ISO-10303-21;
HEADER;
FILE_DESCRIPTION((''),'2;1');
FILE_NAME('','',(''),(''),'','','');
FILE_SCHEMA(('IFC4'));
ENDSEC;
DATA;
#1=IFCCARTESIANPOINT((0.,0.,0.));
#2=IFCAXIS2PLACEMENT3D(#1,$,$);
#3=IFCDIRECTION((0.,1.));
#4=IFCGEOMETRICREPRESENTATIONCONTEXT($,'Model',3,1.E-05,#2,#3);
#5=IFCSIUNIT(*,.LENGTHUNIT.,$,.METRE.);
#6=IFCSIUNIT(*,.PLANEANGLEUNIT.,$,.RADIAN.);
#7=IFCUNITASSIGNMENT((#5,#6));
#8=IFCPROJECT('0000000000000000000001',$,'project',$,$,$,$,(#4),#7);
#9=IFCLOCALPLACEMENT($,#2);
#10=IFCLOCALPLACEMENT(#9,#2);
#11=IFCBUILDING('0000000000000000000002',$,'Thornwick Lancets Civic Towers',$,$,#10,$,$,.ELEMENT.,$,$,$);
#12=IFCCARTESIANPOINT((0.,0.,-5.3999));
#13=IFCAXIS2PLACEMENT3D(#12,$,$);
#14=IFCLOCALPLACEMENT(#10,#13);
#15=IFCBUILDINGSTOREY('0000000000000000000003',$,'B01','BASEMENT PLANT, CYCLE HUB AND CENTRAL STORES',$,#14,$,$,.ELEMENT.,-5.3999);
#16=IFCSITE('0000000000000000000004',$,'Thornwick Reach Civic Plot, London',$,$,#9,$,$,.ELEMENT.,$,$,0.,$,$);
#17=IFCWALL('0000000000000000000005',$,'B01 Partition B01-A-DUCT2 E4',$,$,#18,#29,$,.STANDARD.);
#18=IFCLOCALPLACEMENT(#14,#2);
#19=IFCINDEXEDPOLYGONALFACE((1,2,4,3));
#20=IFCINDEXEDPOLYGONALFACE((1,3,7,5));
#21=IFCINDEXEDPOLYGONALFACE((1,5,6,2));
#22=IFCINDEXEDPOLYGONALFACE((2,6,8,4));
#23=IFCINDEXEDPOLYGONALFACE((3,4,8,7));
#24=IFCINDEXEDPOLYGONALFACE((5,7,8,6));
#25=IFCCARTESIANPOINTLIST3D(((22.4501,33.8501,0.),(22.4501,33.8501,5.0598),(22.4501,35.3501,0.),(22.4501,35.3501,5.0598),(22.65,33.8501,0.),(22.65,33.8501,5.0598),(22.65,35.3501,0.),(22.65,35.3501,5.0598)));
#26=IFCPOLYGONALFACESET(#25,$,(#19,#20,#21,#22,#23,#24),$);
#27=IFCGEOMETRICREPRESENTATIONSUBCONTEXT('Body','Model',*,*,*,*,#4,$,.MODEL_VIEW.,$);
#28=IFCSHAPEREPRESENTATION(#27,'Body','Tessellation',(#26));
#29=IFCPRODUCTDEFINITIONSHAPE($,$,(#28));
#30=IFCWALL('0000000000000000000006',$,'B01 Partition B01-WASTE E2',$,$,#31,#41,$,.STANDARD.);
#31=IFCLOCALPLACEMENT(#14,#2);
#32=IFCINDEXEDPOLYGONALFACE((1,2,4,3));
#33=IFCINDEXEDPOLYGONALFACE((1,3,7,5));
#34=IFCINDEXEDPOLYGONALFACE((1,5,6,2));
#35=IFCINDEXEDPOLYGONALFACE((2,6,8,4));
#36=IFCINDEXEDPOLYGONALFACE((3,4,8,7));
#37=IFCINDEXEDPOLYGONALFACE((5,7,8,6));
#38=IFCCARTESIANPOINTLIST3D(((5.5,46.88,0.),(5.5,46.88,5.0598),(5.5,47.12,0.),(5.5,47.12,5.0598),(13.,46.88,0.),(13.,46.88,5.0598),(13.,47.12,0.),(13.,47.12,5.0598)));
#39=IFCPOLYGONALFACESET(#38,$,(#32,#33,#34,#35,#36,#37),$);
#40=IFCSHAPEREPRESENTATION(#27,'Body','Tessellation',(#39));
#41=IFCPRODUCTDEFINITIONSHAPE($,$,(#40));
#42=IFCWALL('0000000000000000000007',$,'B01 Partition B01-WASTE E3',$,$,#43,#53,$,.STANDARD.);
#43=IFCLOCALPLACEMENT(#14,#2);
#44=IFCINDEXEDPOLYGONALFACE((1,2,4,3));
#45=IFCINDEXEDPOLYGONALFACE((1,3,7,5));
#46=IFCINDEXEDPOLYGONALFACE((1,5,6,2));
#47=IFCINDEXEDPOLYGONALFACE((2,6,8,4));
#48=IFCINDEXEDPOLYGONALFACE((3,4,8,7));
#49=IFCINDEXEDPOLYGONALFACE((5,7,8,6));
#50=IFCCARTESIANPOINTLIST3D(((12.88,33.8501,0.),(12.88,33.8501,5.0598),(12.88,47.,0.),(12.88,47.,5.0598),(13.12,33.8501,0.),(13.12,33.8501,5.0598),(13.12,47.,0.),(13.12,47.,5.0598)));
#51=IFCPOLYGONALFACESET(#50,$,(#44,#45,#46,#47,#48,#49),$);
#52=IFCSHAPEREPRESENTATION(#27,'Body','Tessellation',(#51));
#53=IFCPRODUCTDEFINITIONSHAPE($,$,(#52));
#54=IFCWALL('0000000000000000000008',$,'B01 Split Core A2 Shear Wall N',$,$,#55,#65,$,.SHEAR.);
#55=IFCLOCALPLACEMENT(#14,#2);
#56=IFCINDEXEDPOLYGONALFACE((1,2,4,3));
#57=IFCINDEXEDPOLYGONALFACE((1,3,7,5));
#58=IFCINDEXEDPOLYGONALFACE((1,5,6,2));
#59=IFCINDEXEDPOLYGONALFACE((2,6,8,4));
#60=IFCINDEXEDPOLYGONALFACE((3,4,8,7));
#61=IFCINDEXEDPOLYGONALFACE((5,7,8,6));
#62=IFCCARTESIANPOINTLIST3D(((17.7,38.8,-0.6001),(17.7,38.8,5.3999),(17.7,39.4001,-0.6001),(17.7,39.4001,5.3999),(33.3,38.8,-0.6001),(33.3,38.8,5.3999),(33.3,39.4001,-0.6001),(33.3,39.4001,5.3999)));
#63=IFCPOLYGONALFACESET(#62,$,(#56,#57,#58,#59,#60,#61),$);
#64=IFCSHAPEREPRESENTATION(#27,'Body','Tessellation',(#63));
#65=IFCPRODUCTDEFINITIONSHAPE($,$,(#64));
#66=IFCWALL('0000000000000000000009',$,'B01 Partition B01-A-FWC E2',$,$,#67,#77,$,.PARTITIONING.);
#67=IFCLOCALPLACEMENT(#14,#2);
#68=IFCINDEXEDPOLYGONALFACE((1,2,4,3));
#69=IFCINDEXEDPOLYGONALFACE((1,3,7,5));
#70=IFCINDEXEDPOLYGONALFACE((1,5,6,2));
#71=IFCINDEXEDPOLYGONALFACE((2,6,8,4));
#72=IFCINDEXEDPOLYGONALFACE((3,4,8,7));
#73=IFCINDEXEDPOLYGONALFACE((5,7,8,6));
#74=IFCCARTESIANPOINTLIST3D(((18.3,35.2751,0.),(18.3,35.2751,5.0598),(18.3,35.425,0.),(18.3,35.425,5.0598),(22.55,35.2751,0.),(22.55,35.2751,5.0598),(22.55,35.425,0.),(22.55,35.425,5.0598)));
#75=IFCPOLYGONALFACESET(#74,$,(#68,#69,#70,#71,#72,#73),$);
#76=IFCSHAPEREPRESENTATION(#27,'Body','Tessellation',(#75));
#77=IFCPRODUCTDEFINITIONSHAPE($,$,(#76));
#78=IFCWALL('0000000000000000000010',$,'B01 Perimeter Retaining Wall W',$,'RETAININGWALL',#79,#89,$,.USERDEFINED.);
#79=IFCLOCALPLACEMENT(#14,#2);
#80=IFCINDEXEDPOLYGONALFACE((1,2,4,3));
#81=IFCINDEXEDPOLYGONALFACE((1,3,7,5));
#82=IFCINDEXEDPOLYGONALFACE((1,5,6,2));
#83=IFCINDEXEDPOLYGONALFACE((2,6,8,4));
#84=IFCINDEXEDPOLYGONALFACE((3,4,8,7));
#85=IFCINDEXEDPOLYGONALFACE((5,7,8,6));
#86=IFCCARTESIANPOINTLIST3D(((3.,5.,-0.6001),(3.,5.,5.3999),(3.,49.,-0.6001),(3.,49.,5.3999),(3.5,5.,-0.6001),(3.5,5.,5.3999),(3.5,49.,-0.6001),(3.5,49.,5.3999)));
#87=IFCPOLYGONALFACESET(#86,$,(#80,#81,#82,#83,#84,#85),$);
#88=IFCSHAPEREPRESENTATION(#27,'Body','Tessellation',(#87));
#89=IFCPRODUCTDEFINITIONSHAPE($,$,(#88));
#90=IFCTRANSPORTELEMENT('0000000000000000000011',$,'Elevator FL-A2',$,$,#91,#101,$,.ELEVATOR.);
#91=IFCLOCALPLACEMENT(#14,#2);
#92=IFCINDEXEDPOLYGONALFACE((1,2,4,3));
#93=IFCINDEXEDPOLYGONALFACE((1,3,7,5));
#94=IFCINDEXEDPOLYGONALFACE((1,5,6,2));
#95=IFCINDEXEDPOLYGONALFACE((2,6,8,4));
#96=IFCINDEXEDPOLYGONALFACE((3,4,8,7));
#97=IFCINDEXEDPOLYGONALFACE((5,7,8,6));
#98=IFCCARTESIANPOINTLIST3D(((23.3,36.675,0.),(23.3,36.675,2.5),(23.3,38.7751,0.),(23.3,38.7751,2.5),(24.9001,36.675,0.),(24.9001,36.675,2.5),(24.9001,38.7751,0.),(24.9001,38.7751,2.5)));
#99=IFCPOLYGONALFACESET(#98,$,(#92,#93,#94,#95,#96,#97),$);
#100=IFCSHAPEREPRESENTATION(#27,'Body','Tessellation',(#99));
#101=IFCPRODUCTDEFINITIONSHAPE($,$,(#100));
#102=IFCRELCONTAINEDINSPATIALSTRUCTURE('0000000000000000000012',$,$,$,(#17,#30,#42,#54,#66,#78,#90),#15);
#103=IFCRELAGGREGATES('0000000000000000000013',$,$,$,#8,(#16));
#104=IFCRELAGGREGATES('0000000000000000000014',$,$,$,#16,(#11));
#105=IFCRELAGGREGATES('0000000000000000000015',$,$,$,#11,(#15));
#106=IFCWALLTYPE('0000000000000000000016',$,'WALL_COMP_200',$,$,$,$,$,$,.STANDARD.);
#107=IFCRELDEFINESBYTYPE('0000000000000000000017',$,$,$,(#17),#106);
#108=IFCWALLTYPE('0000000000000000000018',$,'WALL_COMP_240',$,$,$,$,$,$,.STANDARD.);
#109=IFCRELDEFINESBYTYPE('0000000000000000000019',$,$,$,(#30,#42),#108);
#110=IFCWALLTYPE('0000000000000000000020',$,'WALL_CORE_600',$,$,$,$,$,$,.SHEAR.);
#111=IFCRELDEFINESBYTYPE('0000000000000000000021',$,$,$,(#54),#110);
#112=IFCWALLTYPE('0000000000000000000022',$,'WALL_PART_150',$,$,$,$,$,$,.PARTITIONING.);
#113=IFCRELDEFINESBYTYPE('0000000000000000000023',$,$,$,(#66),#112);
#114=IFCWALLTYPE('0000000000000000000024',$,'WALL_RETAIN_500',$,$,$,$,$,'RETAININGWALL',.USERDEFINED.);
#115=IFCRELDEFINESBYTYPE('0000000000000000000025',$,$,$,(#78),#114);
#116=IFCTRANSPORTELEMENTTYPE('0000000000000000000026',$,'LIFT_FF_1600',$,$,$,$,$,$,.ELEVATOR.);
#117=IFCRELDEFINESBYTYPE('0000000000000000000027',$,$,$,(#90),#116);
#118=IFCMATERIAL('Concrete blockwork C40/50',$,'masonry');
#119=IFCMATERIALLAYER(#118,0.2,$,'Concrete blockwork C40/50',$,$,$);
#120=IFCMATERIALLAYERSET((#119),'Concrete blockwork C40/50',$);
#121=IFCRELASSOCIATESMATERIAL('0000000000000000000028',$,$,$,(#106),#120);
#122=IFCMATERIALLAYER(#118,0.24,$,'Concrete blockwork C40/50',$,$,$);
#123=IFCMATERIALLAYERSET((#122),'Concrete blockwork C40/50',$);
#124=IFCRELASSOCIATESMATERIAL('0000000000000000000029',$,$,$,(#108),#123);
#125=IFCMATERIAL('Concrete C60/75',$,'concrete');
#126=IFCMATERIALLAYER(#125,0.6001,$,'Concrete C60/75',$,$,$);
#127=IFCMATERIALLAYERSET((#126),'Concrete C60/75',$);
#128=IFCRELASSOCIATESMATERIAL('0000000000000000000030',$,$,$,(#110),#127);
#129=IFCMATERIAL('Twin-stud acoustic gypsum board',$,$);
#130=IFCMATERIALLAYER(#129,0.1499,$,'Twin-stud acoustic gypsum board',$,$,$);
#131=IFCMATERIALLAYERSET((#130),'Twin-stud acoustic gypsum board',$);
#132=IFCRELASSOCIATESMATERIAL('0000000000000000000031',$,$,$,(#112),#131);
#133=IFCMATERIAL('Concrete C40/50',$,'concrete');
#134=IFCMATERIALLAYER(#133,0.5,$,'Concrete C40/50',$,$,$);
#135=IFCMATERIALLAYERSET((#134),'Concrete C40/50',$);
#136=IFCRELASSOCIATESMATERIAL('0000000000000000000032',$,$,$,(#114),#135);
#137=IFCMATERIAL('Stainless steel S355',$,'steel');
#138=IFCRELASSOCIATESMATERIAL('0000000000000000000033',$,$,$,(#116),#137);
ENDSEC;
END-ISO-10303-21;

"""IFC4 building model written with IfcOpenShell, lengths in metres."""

from ifc_helpers import new_model, si_unit, direction, frame, frame_2d, origin, origin_2d, place, context, subcontext, project, spatial, rectangle, extrude, material, layer, layer_set, type_object, element, save


model = new_model("IFC4")

# Units and contexts
model_context = context("Model", 3, precision=1e-05, world=origin(), true_north=direction((0.0, 1.0)))
body_context = subcontext(model_context, "Body", "Model", "MODEL_VIEW")
ifc_project = project(units=[si_unit("LENGTHUNIT", "METRE"), si_unit("PLANEANGLEUNIT", "RADIAN")], contexts=[model_context])

# Site, building, storey
site_placement = place(None, origin())
site = spatial("IfcSite", under=ifc_project, at=site_placement, Name="Thornwick Reach Civic Plot, London", CompositionType="ELEMENT", RefElevation=0.0)
building_placement = place(site_placement, origin())
building = spatial("IfcBuilding", under=site, at=building_placement, Name="Thornwick Lancets Civic Towers", CompositionType="ELEMENT")
storey_placement = place(building_placement, frame((0.0, 0.0, -5.3999)))
storey = spatial("IfcBuildingStorey", under=building, at=storey_placement, Name="B01", Description="BASEMENT PLANT, CYCLE HUB AND CENTRAL STORES", CompositionType="ELEMENT", Elevation=-5.3999)

# Shared definitions
ifc_material_1 = material(Name="Concrete C40/50", Category="concrete")

# Shared definitions
ifc_material_2 = material(Name="Concrete C60/75", Category="concrete")

# Shared definitions
ifc_material_3 = material(Name="Concrete blockwork C40/50", Category="masonry")
ifc_layer_1 = layer(ifc_material_3, 0.2, Name="Concrete blockwork C40/50")
ifc_layer_set_1 = layer_set([ifc_layer_1], Name="Concrete blockwork C40/50")
wall_type_1 = type_object("IfcWallType", Name="WALL_COMP_200", PredefinedType="STANDARD", material=ifc_layer_set_1)

# Walls
wall_1_placement = place(storey_placement, frame((22.55, 35.3501, 0.0), z_axis=(0.0, 0.0, 1.0), x_axis=(0.0, -1.0, 0.0)))
element("IfcWall", 1, at=wall_1_placement, inside=storey, type_object=wall_type_1, Name="B01 Partition B01-A-DUCT2 E4", PredefinedType="STANDARD", context=body_context, shape_type="SweptSolid", body=[
    extrude(rectangle(XDim=1.5, YDim=0.2, at=frame_2d((0.75, 0.0))), origin(), (0.0, 0.0, 1.0), 5.0598),
])
ifc_layer_2 = layer(ifc_material_3, 0.24, Name="Concrete blockwork C40/50")
ifc_layer_set_2 = layer_set([ifc_layer_2], Name="Concrete blockwork C40/50")
wall_type_2 = type_object("IfcWallType", Name="WALL_COMP_240", PredefinedType="STANDARD", material=ifc_layer_set_2)
wall_2_placement = place(storey_placement, frame((5.5, 47.0, 0.0), z_axis=(0.0, 0.0, 1.0), x_axis=(1.0, 0.0, 0.0)))
element("IfcWall", 2, at=wall_2_placement, inside=storey, type_object=wall_type_2, Name="B01 Partition B01-WASTE E2", PredefinedType="STANDARD", context=body_context, shape_type="SweptSolid", body=[
    extrude(rectangle(XDim=7.5, YDim=0.24, at=frame_2d((3.75, 0.0))), origin(), (0.0, 0.0, 1.0), 5.0598),
])
wall_3_placement = place(storey_placement, frame((13.0, 47.0, 0.0), z_axis=(0.0, 0.0, 1.0), x_axis=(0.0, -1.0, 0.0)))
element("IfcWall", 3, at=wall_3_placement, inside=storey, type_object=wall_type_2, Name="B01 Partition B01-WASTE E3", PredefinedType="STANDARD", context=body_context, shape_type="SweptSolid", body=[
    extrude(rectangle(XDim=13.1499, YDim=0.24, at=frame_2d((6.575, 0.0))), origin(), (0.0, 0.0, 1.0), 5.0598),
])
ifc_layer_3 = layer(ifc_material_2, 0.6001, Name="Concrete C60/75")
ifc_layer_set_3 = layer_set([ifc_layer_3], Name="Concrete C60/75")
wall_type_3 = type_object("IfcWallType", Name="WALL_CORE_600", PredefinedType="SHEAR", material=ifc_layer_set_3)
wall_4_placement = place(storey_placement, frame((17.7, 39.1001, -0.6001), z_axis=(0.0, 0.0, 1.0), x_axis=(1.0, 0.0, 0.0)))
element("IfcWall", 4, at=wall_4_placement, inside=storey, type_object=wall_type_3, Name="B01 Split Core A2 Shear Wall N", PredefinedType="SHEAR", context=body_context, shape_type="SweptSolid", body=[
    extrude(rectangle(XDim=15.6001, YDim=0.6001, at=frame_2d((7.8, 0.0))), origin(), (0.0, 0.0, 1.0), 6.0),
])
ifc_material_4 = material(Name="Twin-stud acoustic gypsum board")
ifc_layer_4 = layer(ifc_material_4, 0.1499, Name="Twin-stud acoustic gypsum board")
ifc_layer_set_4 = layer_set([ifc_layer_4], Name="Twin-stud acoustic gypsum board")
wall_type_4 = type_object("IfcWallType", Name="WALL_PART_150", PredefinedType="PARTITIONING", material=ifc_layer_set_4)
wall_5_placement = place(storey_placement, frame((18.3, 35.3501, 0.0), z_axis=(0.0, 0.0, 1.0), x_axis=(1.0, 0.0, 0.0)))
element("IfcWall", 5, at=wall_5_placement, inside=storey, type_object=wall_type_4, Name="B01 Partition B01-A-FWC E2", PredefinedType="PARTITIONING", context=body_context, shape_type="SweptSolid", body=[
    extrude(rectangle(XDim=4.25, YDim=0.1499, at=frame_2d((2.125, 0.0))), origin(), (0.0, 0.0, 1.0), 5.0598),
])
ifc_layer_5 = layer(ifc_material_1, 0.5, Name="Concrete C40/50")
ifc_layer_set_5 = layer_set([ifc_layer_5], Name="Concrete C40/50")
wall_type_5 = type_object("IfcWallType", Name="WALL_RETAIN_500", ElementType="RETAININGWALL", PredefinedType="USERDEFINED", material=ifc_layer_set_5)
wall_6_placement = place(storey_placement, frame((3.25, 49.0, -0.6001), z_axis=(0.0, 0.0, 1.0), x_axis=(0.0, -1.0, 0.0)))
element("IfcWall", 6, at=wall_6_placement, inside=storey, type_object=wall_type_5, Name="B01 Perimeter Retaining Wall W", ObjectType="RETAININGWALL", PredefinedType="USERDEFINED", context=body_context, shape_type="SweptSolid", body=[
    extrude(rectangle(XDim=44.0, YDim=0.5, at=frame_2d((22.0, 0.0))), origin(), (0.0, 0.0, 1.0), 6.0),
])

# Transport element
ifc_material_5 = material(Name="Stainless steel S355", Category="steel")
transport_element_type = type_object("IfcTransportElementType", Name="LIFT_FF_1600", PredefinedType="ELEVATOR", material=ifc_material_5)
transport_element_placement = place(storey_placement, frame((24.1001, 37.7251, 0.0), z_axis=(0.0, 0.0, 1.0), x_axis=(1.0, 0.0, 0.0)))
element("IfcTransportElement", 7, at=transport_element_placement, inside=storey, type_object=transport_element_type, Name="Elevator FL-A2", PredefinedType="ELEVATOR", context=body_context, shape_type="SweptSolid", body=[
    extrude(rectangle(XDim=1.6001, YDim=2.1001, at=origin_2d()), origin(), (0.0, 0.0, 1.0), 2.5),
])

save(model, "model.ifc")
